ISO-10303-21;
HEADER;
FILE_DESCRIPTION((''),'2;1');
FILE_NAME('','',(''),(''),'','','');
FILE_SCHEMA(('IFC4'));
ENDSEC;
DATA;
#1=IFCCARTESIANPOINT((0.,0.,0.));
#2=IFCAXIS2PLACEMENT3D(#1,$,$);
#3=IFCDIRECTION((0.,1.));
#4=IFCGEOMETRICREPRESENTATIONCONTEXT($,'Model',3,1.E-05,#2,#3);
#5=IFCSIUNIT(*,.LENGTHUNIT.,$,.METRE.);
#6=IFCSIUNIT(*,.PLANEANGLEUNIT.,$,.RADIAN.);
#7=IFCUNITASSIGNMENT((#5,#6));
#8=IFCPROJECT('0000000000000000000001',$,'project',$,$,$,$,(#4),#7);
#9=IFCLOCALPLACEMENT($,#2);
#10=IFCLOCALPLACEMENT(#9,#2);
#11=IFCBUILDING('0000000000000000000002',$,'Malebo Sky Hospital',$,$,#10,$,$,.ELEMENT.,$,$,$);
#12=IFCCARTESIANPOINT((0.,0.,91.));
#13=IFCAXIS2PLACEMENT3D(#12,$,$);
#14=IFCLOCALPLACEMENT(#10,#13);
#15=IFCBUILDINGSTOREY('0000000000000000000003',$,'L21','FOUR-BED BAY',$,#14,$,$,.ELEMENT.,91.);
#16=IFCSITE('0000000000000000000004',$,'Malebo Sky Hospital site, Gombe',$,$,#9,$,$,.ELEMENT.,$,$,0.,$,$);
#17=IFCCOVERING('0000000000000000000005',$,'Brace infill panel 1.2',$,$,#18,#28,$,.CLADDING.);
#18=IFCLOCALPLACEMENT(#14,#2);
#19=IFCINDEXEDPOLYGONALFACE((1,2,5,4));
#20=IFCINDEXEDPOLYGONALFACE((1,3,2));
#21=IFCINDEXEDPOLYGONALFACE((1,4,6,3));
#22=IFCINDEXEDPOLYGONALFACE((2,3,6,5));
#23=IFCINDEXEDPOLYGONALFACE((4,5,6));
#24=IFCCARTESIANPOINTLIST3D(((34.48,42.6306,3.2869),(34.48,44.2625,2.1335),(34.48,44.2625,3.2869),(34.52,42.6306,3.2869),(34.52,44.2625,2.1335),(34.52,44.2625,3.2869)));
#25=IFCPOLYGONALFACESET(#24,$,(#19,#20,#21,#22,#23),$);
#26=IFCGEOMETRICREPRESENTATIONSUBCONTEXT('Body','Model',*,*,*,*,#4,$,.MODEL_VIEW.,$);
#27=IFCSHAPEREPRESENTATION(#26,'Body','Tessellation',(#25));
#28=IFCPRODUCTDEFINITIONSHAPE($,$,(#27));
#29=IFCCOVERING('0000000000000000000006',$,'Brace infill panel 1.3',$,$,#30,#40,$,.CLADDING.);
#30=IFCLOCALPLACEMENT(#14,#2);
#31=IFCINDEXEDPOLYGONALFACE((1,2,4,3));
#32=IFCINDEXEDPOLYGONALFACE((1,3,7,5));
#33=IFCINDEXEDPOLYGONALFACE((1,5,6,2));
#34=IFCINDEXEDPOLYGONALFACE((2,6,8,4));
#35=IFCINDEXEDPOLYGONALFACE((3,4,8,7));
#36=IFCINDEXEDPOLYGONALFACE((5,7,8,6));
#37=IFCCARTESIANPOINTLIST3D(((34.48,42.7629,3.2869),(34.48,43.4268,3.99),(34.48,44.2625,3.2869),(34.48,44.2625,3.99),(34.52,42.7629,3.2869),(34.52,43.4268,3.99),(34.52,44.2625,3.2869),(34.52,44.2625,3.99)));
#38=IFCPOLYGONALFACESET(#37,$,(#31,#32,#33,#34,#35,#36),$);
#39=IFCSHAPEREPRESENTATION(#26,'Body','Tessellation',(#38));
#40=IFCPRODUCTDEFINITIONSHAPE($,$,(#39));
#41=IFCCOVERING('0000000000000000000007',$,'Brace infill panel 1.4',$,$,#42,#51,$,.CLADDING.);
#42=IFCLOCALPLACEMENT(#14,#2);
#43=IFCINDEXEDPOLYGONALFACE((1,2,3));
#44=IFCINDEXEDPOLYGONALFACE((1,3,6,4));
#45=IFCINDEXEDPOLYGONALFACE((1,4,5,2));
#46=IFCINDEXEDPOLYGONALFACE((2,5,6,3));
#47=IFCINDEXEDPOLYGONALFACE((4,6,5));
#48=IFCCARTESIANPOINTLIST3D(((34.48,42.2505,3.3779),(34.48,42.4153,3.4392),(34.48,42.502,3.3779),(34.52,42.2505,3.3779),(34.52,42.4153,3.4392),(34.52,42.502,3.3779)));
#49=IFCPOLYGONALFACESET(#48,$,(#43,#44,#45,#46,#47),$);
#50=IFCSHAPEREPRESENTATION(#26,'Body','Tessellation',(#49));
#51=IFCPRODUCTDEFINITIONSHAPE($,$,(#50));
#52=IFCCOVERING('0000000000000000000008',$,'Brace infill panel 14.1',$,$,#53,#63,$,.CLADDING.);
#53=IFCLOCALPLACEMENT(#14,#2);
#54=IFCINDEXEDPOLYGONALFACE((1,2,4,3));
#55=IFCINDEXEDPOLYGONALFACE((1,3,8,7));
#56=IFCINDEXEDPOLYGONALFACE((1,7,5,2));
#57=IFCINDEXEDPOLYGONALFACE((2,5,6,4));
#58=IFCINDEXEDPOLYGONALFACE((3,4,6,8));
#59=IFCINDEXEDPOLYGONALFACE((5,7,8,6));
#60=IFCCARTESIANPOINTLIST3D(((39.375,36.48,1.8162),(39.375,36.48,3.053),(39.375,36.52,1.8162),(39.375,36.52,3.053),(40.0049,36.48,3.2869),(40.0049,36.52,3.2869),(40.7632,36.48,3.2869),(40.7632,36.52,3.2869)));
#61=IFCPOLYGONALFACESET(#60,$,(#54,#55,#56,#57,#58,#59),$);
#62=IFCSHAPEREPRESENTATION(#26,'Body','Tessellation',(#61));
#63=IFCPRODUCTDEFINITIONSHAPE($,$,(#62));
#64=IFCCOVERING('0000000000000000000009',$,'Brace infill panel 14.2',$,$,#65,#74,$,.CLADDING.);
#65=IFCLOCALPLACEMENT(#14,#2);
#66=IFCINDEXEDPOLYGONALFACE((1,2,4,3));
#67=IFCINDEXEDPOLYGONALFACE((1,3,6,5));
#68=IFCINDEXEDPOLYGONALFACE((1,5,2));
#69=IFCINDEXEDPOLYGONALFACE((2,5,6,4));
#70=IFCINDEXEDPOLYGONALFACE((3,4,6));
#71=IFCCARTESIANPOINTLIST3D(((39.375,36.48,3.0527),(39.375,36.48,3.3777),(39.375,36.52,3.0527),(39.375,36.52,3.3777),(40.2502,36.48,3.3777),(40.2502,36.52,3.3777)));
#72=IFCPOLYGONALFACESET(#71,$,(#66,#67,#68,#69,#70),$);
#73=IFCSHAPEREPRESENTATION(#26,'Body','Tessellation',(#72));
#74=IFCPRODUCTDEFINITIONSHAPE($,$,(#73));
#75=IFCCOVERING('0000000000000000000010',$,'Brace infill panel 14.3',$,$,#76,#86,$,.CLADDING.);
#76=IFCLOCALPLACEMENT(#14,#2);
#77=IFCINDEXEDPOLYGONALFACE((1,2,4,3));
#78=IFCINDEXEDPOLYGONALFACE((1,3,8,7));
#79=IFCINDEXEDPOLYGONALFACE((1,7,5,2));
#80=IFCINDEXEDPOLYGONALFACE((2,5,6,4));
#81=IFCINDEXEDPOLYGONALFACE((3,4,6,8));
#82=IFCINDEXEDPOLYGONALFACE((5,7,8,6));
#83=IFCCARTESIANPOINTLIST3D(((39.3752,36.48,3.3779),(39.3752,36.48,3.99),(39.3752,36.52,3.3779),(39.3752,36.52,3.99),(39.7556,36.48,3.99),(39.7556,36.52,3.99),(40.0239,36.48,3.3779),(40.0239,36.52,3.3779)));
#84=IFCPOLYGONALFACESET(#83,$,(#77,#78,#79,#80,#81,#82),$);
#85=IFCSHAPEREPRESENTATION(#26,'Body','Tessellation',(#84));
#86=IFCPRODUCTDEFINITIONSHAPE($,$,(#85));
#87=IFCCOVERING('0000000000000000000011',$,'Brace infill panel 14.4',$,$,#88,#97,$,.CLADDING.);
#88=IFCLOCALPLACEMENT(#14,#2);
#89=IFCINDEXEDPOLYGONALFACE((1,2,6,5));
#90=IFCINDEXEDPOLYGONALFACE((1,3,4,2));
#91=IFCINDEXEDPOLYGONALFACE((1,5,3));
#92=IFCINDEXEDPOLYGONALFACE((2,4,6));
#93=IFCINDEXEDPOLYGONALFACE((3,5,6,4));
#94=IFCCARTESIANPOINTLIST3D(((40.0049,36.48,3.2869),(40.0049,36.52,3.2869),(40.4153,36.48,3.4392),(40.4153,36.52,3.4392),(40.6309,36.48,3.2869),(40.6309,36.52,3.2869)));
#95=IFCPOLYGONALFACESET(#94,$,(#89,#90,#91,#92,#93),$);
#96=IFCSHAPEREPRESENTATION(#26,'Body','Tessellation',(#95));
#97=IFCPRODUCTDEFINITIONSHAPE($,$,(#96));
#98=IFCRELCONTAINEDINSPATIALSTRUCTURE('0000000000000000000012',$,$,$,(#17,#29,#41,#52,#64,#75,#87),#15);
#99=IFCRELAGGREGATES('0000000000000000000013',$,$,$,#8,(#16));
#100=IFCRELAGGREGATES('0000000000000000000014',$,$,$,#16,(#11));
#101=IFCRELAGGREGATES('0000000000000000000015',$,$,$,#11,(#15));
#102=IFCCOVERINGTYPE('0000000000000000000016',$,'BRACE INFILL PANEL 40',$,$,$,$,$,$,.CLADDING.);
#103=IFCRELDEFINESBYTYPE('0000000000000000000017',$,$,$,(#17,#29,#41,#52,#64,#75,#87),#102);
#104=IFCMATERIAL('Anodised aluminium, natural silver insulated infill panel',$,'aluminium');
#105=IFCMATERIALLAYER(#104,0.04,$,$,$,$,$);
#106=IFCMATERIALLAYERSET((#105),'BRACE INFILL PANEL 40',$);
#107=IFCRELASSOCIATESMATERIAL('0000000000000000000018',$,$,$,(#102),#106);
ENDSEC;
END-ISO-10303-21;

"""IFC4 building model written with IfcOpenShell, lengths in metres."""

from ifc_helpers import new_model, si_unit, direction, frame, origin, place, context, subcontext, project, spatial, polyline, outline, extrude, material, layer, layer_set, type_object, element, save


model = new_model("IFC4")

# Units and contexts
model_context = context("Model", 3, precision=1e-05, world=origin(), true_north=direction((0.0, 1.0)))
body_context = subcontext(model_context, "Body", "Model", "MODEL_VIEW")
ifc_project = project(units=[si_unit("LENGTHUNIT", "METRE"), si_unit("PLANEANGLEUNIT", "RADIAN")], contexts=[model_context])

# Site, building, storey
site_placement = place(None, origin())
site = spatial("IfcSite", under=ifc_project, at=site_placement, Name="Malebo Sky Hospital site, Gombe", CompositionType="ELEMENT", RefElevation=0.0)
building_placement = place(site_placement, origin())
building = spatial("IfcBuilding", under=site, at=building_placement, Name="Malebo Sky Hospital", CompositionType="ELEMENT")
storey_placement = place(building_placement, frame((0.0, 0.0, 91.0)))
storey = spatial("IfcBuildingStorey", under=building, at=storey_placement, Name="L21", Description="FOUR-BED BAY", CompositionType="ELEMENT", Elevation=91.0)

# Coverings
ifc_material_1 = material(Name="Anodised aluminium, natural silver insulated infill panel", Category="aluminium")
ifc_layer_1 = layer(ifc_material_1, 0.04)
ifc_layer_set_1 = layer_set([ifc_layer_1], Name="BRACE INFILL PANEL 40")
covering_type = type_object("IfcCoveringType", Name="BRACE INFILL PANEL 40", PredefinedType="CLADDING", material=ifc_layer_set_1)
covering_1_placement = place(storey_placement, frame((34.5, 43.4465, 2.1335), z_axis=(0.0, 0.0, 1.0), x_axis=(0.0, 1.0, 0.0)))
element("IfcCovering", 1, at=covering_1_placement, inside=storey, type_object=covering_type, Name="Brace infill panel 1.2", PredefinedType="CLADDING", context=body_context, shape_type="SweptSolid", body=[
    extrude(outline(polyline([(0.8159, 0.0), (0.8159, 1.1533), (-0.8159, 1.1533), (0.8159, 0.0)])), frame((0.0, 0.02, 0.0), z_axis=(0.0, -1.0, 0.0), x_axis=(1.0, 0.0, 0.0)), (0.0, 0.0, 1.0), 0.04),
])
covering_2_placement = place(storey_placement, frame((34.5, 43.5127, 3.2869), z_axis=(0.0, 0.0, 1.0), x_axis=(0.0, 1.0, 0.0)))
element("IfcCovering", 2, at=covering_2_placement, inside=storey, type_object=covering_type, Name="Brace infill panel 1.3", PredefinedType="CLADDING", context=body_context, shape_type="SweptSolid", body=[
    extrude(outline(polyline([(-0.7498, 0.0), (0.7498, 0.0), (0.7498, 0.7031), (-0.0859, 0.7031), (-0.7498, 0.0)])), frame((0.0, 0.02, 0.0), z_axis=(0.0, -1.0, 0.0), x_axis=(1.0, 0.0, 0.0)), (0.0, 0.0, 1.0), 0.04),
])
covering_3_placement = place(storey_placement, frame((34.5, 42.3762, 3.3779), z_axis=(0.0, 0.0, 1.0), x_axis=(0.0, 1.0, 0.0)))
element("IfcCovering", 3, at=covering_3_placement, inside=storey, type_object=covering_type, Name="Brace infill panel 1.4", PredefinedType="CLADDING", context=body_context, shape_type="SweptSolid", body=[
    extrude(outline(polyline([(-0.1257, 0.0), (0.1257, 0.0), (0.0391, 0.0613), (-0.1257, 0.0)])), frame((0.0, 0.02, 0.0), z_axis=(0.0, -1.0, 0.0), x_axis=(1.0, 0.0, 0.0)), (0.0, 0.0, 1.0), 0.04),
])
covering_4_placement = place(storey_placement, frame((40.0691, 36.5, 1.8162), z_axis=(0.0, 0.0, 1.0), x_axis=(-1.0, 0.0, 0.0)))
element("IfcCovering", 4, at=covering_4_placement, inside=storey, type_object=covering_type, Name="Brace infill panel 14.1", PredefinedType="CLADDING", context=body_context, shape_type="SweptSolid", body=[
    extrude(outline(polyline([(0.6941, 0.0), (0.6941, 1.2368), (0.0642, 1.4707), (-0.6941, 1.4707), (0.6941, 0.0)])), frame((0.0, 0.02, 0.0), z_axis=(0.0, -1.0, 0.0), x_axis=(1.0, 0.0, 0.0)), (0.0, 0.0, 1.0), 0.04),
])
covering_5_placement = place(storey_placement, frame((39.8127, 36.5, 3.0527), z_axis=(0.0, 0.0, 1.0), x_axis=(-1.0, 0.0, 0.0)))
element("IfcCovering", 5, at=covering_5_placement, inside=storey, type_object=covering_type, Name="Brace infill panel 14.2", PredefinedType="CLADDING", context=body_context, shape_type="SweptSolid", body=[
    extrude(outline(polyline([(0.4377, 0.0), (0.4377, 0.325), (-0.4375, 0.325), (0.4377, 0.0)])), frame((0.0, 0.02, 0.0), z_axis=(0.0, -1.0, 0.0), x_axis=(1.0, 0.0, 0.0)), (0.0, 0.0, 1.0), 0.04),
])
covering_6_placement = place(storey_placement, frame((39.6995, 36.5, 3.3779), z_axis=(0.0, 0.0, 1.0), x_axis=(-1.0, 0.0, 0.0)))
element("IfcCovering", 6, at=covering_6_placement, inside=storey, type_object=covering_type, Name="Brace infill panel 14.3", PredefinedType="CLADDING", context=body_context, shape_type="SweptSolid", body=[
    extrude(outline(polyline([(-0.3245, 0.0), (0.3242, 0.0), (0.3242, 0.6121), (-0.0562, 0.6121), (-0.3245, 0.0)])), frame((0.0, 0.02, 0.0), z_axis=(0.0, -1.0, 0.0), x_axis=(1.0, 0.0, 0.0)), (0.0, 0.0, 1.0), 0.04),
])
covering_7_placement = place(storey_placement, frame((40.3179, 36.5, 3.2869), z_axis=(0.0, 0.0, 1.0), x_axis=(-1.0, 0.0, 0.0)))
element("IfcCovering", 7, at=covering_7_placement, inside=storey, type_object=covering_type, Name="Brace infill panel 14.4", PredefinedType="CLADDING", context=body_context, shape_type="SweptSolid", body=[
    extrude(outline(polyline([(-0.313, 0.0), (0.313, 0.0), (-0.0974, 0.1523), (-0.313, 0.0)])), frame((0.0, 0.02, 0.0), z_axis=(0.0, -1.0, 0.0), x_axis=(1.0, 0.0, 0.0)), (0.0, 0.0, 1.0), 0.04),
])

save(model, "model.ifc")
